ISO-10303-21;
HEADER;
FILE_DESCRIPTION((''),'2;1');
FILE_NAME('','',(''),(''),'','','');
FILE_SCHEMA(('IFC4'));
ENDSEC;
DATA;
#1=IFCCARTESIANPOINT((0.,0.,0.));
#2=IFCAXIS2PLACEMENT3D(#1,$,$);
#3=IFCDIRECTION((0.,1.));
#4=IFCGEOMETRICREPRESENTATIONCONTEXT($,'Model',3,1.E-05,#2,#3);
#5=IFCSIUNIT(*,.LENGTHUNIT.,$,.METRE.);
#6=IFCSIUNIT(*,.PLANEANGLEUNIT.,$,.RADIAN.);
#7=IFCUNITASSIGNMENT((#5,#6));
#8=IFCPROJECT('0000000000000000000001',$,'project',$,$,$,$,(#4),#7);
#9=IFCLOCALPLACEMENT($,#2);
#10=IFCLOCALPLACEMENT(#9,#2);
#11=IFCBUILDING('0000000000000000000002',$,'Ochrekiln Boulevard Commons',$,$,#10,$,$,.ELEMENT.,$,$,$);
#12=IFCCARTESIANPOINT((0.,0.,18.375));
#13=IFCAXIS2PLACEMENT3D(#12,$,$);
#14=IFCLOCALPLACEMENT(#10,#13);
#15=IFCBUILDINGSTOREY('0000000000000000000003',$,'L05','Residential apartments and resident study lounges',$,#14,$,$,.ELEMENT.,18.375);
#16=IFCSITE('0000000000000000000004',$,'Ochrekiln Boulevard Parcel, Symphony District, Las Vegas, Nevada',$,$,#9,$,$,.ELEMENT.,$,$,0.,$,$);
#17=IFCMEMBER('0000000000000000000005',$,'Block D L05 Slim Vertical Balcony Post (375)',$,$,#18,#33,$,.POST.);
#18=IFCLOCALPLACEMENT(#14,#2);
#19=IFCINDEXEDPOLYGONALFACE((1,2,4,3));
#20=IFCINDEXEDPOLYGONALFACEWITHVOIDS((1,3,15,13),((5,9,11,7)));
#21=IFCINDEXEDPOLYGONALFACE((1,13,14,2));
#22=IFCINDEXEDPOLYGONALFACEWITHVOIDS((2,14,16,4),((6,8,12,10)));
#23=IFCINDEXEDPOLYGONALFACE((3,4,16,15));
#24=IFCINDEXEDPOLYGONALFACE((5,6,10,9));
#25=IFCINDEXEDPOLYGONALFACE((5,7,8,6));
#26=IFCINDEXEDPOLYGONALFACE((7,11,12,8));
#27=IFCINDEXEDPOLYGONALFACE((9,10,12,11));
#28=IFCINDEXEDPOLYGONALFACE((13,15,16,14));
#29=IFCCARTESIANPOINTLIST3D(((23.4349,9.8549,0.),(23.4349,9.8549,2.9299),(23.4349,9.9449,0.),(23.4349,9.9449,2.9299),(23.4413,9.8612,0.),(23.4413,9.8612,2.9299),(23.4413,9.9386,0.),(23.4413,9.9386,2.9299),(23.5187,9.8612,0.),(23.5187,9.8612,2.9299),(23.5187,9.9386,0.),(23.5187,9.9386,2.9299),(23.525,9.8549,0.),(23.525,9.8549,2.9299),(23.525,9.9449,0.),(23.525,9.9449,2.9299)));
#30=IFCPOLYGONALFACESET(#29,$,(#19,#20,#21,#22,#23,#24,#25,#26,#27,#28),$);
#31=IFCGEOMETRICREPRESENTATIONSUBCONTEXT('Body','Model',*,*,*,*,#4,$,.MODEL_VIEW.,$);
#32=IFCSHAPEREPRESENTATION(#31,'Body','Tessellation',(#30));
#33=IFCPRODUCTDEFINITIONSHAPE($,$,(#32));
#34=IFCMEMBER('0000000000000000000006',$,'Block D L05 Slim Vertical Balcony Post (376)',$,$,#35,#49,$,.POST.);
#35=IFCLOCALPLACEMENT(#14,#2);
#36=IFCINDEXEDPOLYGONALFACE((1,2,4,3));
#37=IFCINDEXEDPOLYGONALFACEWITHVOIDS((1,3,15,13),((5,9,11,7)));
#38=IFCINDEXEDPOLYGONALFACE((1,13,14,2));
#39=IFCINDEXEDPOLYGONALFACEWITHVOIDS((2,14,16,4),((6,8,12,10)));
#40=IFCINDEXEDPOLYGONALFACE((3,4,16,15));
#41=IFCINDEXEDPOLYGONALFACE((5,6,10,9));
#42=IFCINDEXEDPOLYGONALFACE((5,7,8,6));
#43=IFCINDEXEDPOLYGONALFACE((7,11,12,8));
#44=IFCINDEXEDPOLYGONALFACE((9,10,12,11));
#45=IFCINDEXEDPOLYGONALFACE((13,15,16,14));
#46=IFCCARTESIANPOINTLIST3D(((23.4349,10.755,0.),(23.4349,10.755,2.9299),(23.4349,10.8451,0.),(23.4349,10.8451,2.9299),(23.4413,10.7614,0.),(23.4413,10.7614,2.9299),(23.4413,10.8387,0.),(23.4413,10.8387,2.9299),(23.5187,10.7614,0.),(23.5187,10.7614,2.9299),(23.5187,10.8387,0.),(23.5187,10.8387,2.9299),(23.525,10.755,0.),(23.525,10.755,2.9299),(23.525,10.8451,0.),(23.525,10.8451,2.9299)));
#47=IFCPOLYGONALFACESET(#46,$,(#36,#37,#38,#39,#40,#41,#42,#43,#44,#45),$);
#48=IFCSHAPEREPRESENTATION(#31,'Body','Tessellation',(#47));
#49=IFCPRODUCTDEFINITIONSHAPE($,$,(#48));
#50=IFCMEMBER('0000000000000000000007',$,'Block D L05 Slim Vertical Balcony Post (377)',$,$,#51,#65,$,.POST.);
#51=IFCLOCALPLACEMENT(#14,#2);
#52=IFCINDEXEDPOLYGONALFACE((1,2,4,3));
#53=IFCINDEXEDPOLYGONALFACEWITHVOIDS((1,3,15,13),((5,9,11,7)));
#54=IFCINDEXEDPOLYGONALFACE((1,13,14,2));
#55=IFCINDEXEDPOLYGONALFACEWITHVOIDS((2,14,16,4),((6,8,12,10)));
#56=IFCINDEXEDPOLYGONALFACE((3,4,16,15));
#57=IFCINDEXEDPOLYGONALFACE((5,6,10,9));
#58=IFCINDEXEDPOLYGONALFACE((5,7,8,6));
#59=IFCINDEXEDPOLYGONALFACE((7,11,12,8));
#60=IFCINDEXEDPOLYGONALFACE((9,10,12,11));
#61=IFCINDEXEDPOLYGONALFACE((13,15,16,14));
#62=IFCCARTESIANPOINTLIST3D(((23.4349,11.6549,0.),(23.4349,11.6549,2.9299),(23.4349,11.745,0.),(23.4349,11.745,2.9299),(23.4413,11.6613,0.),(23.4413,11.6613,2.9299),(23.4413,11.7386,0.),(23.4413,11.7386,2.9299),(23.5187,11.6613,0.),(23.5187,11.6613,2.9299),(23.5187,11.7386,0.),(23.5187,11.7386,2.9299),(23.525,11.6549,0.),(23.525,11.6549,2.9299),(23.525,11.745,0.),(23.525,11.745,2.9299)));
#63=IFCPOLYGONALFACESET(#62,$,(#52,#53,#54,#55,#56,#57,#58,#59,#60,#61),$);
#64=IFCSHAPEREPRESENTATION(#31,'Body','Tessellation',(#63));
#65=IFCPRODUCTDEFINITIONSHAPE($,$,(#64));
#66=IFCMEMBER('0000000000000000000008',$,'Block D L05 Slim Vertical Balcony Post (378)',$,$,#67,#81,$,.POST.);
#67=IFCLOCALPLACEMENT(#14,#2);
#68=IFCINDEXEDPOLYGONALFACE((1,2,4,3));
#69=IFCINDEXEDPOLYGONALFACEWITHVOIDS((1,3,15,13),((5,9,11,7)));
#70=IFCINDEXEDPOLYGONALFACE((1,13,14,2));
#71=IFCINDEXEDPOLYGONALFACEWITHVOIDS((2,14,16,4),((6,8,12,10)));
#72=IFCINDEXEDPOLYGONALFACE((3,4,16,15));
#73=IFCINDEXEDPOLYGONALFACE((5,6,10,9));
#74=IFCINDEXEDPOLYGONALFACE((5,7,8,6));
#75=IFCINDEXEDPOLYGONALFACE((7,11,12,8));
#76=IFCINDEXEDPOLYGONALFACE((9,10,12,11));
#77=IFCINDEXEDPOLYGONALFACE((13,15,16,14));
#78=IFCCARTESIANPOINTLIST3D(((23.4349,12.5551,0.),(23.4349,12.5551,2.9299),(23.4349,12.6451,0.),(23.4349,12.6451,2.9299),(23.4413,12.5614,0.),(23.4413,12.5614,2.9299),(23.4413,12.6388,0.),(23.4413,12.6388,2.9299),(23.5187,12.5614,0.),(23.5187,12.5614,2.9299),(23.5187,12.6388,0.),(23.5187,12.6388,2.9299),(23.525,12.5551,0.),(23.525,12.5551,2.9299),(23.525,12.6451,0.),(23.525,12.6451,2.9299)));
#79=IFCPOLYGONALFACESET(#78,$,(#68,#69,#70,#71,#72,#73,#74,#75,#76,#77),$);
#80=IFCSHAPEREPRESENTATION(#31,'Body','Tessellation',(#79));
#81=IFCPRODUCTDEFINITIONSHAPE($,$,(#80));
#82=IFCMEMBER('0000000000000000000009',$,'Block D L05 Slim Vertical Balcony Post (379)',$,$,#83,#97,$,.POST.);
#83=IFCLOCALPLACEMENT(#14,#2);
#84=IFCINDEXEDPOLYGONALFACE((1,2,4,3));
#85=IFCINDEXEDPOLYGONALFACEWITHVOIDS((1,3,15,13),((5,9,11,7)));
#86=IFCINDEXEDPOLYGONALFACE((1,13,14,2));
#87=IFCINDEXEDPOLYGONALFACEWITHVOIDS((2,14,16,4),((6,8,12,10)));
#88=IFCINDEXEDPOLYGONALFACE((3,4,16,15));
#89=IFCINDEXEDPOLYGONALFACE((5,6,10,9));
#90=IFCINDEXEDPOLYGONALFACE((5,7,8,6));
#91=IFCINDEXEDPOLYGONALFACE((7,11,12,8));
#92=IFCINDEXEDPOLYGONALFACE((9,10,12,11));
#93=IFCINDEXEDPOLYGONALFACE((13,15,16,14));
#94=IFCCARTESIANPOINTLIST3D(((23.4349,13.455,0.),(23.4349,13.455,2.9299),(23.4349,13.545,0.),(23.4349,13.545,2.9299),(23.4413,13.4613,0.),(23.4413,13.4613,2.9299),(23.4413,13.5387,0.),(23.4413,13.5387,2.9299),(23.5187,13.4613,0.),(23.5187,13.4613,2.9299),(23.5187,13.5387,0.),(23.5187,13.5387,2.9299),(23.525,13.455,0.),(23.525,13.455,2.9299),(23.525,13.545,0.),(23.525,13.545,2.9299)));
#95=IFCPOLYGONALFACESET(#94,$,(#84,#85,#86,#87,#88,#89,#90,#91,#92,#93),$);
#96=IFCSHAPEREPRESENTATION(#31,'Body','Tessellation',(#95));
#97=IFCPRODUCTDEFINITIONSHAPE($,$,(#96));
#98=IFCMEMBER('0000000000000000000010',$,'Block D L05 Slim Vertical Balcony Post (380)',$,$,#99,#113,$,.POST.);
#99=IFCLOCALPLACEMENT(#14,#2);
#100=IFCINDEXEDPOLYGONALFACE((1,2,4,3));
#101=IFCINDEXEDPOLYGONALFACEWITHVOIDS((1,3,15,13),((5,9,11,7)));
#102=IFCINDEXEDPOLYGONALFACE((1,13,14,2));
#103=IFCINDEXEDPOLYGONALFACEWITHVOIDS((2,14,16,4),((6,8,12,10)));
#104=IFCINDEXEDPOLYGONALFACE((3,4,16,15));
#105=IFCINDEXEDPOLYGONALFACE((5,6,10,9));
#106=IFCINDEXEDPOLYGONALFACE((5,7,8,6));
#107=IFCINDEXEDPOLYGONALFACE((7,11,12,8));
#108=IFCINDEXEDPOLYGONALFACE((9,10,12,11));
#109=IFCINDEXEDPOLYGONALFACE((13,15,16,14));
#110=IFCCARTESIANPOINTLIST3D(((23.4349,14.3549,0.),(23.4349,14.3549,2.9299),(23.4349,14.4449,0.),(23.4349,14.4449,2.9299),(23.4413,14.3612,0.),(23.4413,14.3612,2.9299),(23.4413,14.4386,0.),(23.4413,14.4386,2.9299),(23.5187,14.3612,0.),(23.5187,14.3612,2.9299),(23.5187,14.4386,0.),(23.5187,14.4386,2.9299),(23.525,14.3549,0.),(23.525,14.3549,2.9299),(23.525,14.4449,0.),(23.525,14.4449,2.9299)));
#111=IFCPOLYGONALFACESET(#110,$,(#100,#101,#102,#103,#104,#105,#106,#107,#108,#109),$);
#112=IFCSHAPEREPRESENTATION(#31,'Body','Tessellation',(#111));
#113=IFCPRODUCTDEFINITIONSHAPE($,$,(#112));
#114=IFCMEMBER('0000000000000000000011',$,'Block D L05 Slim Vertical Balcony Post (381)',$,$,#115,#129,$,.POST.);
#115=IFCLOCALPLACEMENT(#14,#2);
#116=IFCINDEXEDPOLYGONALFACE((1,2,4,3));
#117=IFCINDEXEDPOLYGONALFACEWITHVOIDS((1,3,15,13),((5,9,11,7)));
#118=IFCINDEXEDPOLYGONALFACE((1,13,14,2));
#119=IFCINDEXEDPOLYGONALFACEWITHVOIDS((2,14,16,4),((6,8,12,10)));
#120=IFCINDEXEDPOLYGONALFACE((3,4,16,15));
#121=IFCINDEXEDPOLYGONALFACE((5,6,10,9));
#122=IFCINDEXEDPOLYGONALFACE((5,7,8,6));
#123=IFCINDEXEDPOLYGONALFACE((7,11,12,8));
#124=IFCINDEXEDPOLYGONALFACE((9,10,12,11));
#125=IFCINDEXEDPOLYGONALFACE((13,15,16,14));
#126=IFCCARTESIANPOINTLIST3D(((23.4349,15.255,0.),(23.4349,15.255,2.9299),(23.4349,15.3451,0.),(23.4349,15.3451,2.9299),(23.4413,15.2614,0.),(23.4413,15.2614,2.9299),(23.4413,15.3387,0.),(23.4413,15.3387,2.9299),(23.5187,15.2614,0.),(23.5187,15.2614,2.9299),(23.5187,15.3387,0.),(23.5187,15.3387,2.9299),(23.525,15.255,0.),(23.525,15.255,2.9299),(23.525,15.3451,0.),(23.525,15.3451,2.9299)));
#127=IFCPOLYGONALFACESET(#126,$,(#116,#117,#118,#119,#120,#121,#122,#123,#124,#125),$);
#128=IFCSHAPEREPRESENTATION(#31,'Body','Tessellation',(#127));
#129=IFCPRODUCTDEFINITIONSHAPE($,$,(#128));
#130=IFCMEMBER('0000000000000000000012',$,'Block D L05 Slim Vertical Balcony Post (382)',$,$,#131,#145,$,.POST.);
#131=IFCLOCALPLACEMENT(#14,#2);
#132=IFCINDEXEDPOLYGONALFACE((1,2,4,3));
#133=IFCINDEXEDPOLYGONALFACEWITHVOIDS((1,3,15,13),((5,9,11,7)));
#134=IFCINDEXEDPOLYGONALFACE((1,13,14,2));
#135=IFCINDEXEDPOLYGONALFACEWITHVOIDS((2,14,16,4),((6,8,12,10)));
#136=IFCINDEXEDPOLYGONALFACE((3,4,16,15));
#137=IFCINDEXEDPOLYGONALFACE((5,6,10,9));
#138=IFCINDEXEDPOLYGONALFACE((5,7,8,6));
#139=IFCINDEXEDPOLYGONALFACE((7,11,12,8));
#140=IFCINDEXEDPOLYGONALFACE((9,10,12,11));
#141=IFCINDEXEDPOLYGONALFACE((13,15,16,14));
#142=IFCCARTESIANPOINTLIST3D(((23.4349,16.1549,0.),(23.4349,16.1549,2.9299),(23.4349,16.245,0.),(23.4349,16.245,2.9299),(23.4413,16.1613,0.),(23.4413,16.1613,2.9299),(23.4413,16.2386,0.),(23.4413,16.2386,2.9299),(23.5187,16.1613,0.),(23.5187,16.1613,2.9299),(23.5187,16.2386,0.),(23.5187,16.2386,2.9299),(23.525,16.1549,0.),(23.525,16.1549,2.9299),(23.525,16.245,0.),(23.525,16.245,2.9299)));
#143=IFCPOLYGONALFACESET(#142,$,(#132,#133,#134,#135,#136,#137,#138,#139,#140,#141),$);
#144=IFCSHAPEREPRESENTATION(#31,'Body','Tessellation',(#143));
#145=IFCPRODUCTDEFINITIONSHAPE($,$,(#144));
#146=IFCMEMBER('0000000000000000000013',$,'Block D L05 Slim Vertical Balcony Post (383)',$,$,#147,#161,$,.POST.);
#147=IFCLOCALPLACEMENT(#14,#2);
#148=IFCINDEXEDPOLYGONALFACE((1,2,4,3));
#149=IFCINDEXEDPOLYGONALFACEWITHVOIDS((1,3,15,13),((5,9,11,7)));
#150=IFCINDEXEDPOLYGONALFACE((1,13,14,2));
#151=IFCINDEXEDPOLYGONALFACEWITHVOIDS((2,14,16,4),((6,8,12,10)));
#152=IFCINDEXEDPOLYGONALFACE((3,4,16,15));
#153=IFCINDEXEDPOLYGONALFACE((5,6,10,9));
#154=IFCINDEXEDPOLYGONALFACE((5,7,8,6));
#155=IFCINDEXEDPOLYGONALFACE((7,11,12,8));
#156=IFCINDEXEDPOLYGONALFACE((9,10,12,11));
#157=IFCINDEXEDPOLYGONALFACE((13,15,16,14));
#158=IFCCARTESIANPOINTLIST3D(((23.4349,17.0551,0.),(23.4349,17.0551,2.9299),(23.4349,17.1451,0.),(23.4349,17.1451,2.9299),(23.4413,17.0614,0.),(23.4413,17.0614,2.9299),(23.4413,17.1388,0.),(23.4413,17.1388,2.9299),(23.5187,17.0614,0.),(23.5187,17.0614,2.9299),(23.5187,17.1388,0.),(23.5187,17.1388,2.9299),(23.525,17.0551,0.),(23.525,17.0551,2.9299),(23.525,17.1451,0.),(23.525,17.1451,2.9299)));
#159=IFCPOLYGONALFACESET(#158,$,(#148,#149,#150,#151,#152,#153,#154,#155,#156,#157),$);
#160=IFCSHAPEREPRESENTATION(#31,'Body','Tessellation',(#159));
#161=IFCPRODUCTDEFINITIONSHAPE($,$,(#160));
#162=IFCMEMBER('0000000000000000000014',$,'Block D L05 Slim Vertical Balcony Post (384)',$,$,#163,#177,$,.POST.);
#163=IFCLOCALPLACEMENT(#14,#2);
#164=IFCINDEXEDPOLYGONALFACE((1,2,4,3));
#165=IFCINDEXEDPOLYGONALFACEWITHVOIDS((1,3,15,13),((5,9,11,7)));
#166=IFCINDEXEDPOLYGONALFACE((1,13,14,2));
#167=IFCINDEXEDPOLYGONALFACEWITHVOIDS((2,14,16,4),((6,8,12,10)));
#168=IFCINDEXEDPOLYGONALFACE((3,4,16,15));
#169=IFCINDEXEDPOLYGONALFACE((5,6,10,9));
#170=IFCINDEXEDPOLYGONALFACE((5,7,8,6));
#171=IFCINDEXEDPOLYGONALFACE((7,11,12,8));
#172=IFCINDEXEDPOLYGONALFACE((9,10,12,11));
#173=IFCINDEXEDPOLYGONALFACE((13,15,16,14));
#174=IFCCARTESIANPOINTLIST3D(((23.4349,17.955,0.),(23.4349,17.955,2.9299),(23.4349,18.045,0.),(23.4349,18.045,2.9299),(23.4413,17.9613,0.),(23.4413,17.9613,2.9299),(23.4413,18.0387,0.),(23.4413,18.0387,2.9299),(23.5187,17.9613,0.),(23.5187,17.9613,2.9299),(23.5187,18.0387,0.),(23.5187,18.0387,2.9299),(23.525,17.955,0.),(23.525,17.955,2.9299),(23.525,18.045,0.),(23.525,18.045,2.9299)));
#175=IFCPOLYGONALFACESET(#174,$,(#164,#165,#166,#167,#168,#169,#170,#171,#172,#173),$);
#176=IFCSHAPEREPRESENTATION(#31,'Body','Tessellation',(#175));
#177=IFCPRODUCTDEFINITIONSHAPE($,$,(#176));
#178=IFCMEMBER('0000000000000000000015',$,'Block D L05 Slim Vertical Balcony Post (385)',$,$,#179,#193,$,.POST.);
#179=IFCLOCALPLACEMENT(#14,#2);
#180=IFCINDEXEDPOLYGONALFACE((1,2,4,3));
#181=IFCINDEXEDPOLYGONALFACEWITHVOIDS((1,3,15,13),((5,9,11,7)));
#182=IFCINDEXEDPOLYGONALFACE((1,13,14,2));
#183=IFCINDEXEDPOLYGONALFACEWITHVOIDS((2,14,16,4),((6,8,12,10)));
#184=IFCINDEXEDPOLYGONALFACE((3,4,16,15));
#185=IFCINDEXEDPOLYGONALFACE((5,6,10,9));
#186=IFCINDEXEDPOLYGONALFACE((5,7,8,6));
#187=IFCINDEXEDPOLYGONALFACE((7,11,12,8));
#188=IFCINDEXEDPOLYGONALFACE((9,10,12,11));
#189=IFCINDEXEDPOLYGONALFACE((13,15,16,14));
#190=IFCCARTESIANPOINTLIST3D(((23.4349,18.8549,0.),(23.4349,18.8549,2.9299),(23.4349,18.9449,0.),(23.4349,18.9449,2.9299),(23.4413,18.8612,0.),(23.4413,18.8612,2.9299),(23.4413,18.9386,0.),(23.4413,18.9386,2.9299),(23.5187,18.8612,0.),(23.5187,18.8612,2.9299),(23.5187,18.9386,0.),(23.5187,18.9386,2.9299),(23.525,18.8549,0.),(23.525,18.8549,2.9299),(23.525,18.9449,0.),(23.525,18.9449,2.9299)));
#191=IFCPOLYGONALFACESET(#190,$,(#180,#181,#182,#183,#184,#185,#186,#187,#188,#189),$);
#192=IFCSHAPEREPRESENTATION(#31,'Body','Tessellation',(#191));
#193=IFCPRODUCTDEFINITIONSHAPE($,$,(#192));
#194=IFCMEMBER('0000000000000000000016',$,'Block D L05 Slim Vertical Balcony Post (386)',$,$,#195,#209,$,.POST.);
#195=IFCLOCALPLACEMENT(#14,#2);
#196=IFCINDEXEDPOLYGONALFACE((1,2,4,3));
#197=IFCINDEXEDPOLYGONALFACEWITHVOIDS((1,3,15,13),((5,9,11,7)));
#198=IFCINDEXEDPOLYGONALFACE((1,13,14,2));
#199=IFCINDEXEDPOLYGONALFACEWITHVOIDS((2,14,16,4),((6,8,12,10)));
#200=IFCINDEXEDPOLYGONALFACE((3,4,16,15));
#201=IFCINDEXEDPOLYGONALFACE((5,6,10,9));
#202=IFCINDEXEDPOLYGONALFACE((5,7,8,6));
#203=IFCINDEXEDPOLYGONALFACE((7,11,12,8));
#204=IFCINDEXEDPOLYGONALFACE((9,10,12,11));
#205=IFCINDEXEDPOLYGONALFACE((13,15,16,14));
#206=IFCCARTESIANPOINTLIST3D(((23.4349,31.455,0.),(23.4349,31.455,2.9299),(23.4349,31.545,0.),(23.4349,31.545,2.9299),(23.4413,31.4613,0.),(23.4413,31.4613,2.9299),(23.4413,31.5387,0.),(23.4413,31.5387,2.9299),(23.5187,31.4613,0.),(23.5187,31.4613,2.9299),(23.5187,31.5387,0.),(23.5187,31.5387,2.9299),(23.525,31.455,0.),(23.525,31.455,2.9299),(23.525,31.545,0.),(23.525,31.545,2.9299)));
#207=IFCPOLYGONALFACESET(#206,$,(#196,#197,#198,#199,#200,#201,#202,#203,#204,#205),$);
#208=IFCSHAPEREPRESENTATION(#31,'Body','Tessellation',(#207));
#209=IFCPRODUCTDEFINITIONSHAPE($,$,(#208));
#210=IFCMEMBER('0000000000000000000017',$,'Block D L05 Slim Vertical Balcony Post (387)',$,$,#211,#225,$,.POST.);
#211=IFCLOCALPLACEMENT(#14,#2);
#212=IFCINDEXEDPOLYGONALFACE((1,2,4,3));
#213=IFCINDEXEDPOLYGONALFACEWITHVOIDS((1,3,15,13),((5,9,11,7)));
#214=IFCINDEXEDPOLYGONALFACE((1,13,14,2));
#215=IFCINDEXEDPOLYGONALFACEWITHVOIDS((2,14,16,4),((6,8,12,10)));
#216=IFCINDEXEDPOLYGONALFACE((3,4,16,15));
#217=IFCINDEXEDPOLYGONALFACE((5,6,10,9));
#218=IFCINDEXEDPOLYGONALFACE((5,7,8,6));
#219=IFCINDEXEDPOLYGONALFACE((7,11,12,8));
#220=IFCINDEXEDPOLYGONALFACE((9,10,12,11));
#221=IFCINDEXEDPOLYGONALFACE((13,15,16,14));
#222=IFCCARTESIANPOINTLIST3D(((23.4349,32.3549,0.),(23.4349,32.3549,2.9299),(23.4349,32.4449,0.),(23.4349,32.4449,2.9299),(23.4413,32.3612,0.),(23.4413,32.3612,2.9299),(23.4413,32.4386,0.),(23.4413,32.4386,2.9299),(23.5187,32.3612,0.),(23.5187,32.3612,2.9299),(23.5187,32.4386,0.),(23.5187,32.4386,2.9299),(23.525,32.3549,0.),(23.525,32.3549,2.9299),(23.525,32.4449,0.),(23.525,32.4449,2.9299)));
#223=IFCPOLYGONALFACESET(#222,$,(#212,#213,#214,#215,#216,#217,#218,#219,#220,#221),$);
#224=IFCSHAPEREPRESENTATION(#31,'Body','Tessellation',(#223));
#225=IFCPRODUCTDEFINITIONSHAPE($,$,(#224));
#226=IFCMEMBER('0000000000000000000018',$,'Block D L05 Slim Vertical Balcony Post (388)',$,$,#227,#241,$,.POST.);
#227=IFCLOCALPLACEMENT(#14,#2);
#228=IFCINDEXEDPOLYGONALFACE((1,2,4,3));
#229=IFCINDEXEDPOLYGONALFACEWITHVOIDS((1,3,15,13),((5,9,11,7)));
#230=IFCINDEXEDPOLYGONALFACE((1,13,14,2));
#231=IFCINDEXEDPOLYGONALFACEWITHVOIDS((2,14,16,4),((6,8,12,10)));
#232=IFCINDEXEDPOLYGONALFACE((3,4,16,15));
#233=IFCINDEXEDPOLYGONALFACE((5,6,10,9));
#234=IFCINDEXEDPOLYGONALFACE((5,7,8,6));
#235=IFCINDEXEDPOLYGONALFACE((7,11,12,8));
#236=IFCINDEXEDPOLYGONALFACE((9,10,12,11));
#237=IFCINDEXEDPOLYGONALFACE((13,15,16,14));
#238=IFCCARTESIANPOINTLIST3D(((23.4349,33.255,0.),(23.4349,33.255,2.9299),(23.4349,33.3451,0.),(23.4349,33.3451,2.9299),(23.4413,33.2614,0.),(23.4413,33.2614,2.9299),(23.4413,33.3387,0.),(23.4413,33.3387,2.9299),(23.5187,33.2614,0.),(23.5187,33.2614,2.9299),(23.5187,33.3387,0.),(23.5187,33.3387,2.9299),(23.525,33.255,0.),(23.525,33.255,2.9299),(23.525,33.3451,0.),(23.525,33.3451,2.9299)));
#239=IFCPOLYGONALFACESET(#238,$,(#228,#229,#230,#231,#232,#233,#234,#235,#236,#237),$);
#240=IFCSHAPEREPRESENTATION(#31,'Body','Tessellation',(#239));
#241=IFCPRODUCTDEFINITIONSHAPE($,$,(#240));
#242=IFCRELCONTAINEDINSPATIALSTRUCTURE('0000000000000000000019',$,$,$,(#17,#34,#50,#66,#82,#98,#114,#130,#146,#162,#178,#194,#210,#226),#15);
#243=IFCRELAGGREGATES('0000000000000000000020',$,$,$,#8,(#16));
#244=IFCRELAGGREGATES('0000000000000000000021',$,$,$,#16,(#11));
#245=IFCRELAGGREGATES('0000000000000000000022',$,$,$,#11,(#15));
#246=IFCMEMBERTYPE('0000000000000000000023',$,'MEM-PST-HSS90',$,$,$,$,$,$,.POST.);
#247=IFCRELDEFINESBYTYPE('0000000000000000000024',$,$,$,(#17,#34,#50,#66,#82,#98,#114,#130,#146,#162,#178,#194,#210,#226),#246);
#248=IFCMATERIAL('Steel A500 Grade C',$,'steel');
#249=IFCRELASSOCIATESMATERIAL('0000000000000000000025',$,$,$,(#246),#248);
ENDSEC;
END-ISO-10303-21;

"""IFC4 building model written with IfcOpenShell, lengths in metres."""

from ifc_helpers import new_model, si_unit, direction, frame, origin, origin_2d, place, context, subcontext, project, spatial, hollow_rectangle, extrude, material, material_profile, profile_set, type_object, element, save


model = new_model("IFC4")

# Units and contexts
model_context = context("Model", 3, precision=1e-05, world=origin(), true_north=direction((0.0, 1.0)))
body_context = subcontext(model_context, "Body", "Model", "MODEL_VIEW")
ifc_project = project(units=[si_unit("LENGTHUNIT", "METRE"), si_unit("PLANEANGLEUNIT", "RADIAN")], contexts=[model_context])

# Site, building, storey
site_placement = place(None, origin())
site = spatial("IfcSite", under=ifc_project, at=site_placement, Name="Ochrekiln Boulevard Parcel, Symphony District, Las Vegas, Nevada", CompositionType="ELEMENT", RefElevation=0.0)
building_placement = place(site_placement, origin())
building = spatial("IfcBuilding", under=site, at=building_placement, Name="Ochrekiln Boulevard Commons", CompositionType="ELEMENT")
storey_placement = place(building_placement, frame((0.0, 0.0, 18.375)))
storey = spatial("IfcBuildingStorey", under=building, at=storey_placement, Name="L05", Description="Residential apartments and resident study lounges", CompositionType="ELEMENT", Elevation=18.375)

# Members
ifc_material_1 = material(Name="Steel A500 Grade C", Category="steel")
ifc_material_profile_1 = material_profile(ifc_material_1, hollow_rectangle(XDim=0.0901, YDim=0.0901, WallThickness=0.0063, at=origin_2d()), Name="HSS90X90X6.4")
ifc_profile_set_1 = profile_set([ifc_material_profile_1], Name="Steel A500 Grade C")
member_type = type_object("IfcMemberType", Name="MEM-PST-HSS90", PredefinedType="POST", material=ifc_profile_set_1)
for number, where, z_axis, x_axis, name in (
    (1, (23.48, 9.8999, 0.0), (0.0, 0.0, 1.0), (1.0, 0.0, 0.0), "Block D L05 Slim Vertical Balcony Post (375)"),
    (2, (23.48, 10.8, 0.0), (0.0, 0.0, 1.0), (1.0, 0.0, 0.0), "Block D L05 Slim Vertical Balcony Post (376)"),
    (3, (23.48, 11.7, 0.0), (0.0, 0.0, 1.0), (1.0, 0.0, 0.0), "Block D L05 Slim Vertical Balcony Post (377)"),
    (4, (23.48, 12.6001, 0.0), (0.0, 0.0, 1.0), (1.0, 0.0, 0.0), "Block D L05 Slim Vertical Balcony Post (378)"),
    (5, (23.48, 13.5, 0.0), (0.0, 0.0, 1.0), (1.0, 0.0, 0.0), "Block D L05 Slim Vertical Balcony Post (379)"),
    (6, (23.48, 14.3999, 0.0), (0.0, 0.0, 1.0), (1.0, 0.0, 0.0), "Block D L05 Slim Vertical Balcony Post (380)"),
    (7, (23.48, 15.3, 0.0), (0.0, 0.0, 1.0), (1.0, 0.0, 0.0), "Block D L05 Slim Vertical Balcony Post (381)"),
    (8, (23.48, 16.2, 0.0), (0.0, 0.0, 1.0), (1.0, 0.0, 0.0), "Block D L05 Slim Vertical Balcony Post (382)"),
    (9, (23.48, 17.1001, 0.0), (0.0, 0.0, 1.0), (1.0, 0.0, 0.0), "Block D L05 Slim Vertical Balcony Post (383)"),
    (10, (23.48, 18.0, 0.0), (0.0, 0.0, 1.0), (1.0, 0.0, 0.0), "Block D L05 Slim Vertical Balcony Post (384)"),
    (11, (23.48, 18.8999, 0.0), (0.0, 0.0, 1.0), (1.0, 0.0, 0.0), "Block D L05 Slim Vertical Balcony Post (385)"),
    (12, (23.48, 31.5, 0.0), (0.0, 0.0, 1.0), (1.0, 0.0, 0.0), "Block D L05 Slim Vertical Balcony Post (386)"),
    (13, (23.48, 32.3999, 0.0), (0.0, 0.0, 1.0), (1.0, 0.0, 0.0), "Block D L05 Slim Vertical Balcony Post (387)"),
    (14, (23.48, 33.3, 0.0), (0.0, 0.0, 1.0), (1.0, 0.0, 0.0), "Block D L05 Slim Vertical Balcony Post (388)"),
):
    element("IfcMember", number, at=place(storey_placement, frame(where, z_axis=z_axis, x_axis=x_axis)), inside=storey, type_object=member_type, Name=name, PredefinedType="POST", context=body_context, shape_type="SweptSolid", body=[
        extrude(hollow_rectangle(XDim=0.0901, YDim=0.0901, WallThickness=0.0063, at=origin_2d()), origin(), (0.0, 0.0, 1.0), 2.9299),
    ])

save(model, "model.ifc")
